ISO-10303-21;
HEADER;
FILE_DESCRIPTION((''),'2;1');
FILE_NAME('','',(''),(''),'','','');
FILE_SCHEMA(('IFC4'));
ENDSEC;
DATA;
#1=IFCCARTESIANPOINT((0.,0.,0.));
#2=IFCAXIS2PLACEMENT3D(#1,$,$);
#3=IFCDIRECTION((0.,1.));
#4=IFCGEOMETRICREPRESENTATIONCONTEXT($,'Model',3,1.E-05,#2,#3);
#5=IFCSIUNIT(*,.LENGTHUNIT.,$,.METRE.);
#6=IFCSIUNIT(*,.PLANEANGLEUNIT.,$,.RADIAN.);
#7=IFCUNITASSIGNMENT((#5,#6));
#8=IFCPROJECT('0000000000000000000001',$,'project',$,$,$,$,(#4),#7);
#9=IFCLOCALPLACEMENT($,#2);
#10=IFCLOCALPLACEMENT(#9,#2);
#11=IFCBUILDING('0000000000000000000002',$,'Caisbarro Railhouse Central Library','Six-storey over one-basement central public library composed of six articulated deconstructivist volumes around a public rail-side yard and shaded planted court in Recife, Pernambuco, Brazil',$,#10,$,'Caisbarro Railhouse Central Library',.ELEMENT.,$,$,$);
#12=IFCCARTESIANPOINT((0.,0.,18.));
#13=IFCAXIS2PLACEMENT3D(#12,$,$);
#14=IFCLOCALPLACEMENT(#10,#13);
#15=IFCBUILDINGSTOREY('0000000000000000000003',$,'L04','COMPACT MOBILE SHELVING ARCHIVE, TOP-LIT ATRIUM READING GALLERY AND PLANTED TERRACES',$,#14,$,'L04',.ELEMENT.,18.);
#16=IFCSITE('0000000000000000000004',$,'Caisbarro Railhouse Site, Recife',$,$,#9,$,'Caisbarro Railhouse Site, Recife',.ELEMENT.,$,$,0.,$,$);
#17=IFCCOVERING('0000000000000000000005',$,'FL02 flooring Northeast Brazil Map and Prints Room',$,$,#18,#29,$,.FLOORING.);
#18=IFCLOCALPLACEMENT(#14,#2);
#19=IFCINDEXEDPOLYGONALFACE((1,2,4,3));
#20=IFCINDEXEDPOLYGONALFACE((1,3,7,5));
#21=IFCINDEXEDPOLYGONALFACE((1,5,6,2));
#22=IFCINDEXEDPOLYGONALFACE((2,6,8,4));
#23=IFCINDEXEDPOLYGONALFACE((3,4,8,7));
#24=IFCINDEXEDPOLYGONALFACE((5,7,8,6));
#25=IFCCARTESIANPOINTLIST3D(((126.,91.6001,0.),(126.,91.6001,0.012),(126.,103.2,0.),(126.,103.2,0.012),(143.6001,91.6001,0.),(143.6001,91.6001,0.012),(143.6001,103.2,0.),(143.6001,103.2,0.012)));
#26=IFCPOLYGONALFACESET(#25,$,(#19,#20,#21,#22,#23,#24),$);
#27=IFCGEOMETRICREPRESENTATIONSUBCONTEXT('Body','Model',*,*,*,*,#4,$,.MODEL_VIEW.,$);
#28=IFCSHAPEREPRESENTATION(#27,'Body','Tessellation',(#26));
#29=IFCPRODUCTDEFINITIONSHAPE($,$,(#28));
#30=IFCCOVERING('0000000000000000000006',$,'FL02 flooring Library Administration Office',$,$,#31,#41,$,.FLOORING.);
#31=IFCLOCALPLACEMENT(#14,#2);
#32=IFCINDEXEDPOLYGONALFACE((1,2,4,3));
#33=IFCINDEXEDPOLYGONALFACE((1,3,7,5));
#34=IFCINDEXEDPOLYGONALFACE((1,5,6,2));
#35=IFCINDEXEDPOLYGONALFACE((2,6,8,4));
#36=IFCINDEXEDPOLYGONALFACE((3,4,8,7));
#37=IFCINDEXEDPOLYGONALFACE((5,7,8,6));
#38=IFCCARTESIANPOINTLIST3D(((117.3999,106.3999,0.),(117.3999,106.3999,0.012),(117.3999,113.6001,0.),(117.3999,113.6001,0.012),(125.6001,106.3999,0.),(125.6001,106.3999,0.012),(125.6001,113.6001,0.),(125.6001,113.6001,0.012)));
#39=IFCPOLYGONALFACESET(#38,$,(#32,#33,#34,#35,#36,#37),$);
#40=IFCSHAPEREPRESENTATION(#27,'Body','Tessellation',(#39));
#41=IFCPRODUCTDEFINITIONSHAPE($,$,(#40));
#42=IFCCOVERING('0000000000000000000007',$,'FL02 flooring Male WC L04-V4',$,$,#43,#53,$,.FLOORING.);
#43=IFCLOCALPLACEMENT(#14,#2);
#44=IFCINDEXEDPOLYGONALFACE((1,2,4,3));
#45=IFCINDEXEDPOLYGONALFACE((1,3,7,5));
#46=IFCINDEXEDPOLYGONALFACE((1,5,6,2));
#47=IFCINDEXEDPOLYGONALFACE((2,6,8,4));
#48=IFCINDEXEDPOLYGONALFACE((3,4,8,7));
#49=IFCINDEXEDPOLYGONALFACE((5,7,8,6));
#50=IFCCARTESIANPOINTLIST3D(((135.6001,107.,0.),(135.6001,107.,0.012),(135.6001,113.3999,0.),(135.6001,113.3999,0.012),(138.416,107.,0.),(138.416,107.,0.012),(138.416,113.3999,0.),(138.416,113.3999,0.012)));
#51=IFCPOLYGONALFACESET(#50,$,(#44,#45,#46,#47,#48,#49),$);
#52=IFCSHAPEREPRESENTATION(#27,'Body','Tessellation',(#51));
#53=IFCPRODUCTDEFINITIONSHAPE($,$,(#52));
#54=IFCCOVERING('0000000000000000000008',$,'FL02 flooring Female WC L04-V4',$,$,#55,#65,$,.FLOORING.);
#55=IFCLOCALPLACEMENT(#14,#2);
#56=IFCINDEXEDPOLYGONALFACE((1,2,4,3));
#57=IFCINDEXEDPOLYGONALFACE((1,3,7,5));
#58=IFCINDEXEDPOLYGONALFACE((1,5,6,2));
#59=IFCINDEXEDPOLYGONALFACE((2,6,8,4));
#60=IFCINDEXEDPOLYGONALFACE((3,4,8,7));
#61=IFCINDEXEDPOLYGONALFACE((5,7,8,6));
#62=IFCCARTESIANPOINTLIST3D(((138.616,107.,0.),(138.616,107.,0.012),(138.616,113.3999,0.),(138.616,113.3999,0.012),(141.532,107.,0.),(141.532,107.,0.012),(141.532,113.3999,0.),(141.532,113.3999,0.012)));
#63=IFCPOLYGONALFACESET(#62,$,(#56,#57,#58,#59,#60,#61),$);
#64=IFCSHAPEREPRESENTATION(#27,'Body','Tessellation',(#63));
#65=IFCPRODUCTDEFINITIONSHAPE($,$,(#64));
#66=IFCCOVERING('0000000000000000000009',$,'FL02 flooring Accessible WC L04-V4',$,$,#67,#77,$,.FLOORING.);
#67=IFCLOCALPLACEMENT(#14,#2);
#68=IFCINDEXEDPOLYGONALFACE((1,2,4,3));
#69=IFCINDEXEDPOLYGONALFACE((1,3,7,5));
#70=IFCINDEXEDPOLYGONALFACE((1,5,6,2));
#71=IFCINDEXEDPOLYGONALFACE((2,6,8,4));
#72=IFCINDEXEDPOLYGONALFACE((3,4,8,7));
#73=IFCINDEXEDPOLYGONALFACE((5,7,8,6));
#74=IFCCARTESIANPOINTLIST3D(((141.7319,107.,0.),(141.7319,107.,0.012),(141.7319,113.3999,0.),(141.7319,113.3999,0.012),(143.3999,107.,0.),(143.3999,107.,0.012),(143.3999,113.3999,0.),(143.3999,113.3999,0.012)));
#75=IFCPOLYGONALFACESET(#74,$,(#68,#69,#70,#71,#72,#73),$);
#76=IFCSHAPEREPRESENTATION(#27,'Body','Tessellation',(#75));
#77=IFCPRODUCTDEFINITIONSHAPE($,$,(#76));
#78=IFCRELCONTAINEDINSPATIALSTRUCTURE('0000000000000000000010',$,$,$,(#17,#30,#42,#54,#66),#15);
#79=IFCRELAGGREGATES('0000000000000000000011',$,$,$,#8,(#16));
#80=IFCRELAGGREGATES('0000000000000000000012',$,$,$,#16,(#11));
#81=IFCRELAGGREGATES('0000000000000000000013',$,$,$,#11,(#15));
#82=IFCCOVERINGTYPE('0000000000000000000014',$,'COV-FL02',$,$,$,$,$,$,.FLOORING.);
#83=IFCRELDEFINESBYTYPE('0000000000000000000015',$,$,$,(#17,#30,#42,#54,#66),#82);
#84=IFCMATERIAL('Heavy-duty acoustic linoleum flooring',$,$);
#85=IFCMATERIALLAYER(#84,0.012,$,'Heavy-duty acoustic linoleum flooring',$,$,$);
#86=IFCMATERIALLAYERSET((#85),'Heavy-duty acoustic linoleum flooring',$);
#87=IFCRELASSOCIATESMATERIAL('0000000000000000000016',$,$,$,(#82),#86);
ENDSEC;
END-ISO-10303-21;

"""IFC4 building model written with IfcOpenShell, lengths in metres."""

from ifc_helpers import new_model, si_unit, direction, frame, origin, place, context, subcontext, project, spatial, polyline, outline, extrude, material, layer, layer_set, type_object, element, save


model = new_model("IFC4")

# Units and contexts
model_context = context("Model", 3, precision=1e-05, world=origin(), true_north=direction((0.0, 1.0)))
body_context = subcontext(model_context, "Body", "Model", "MODEL_VIEW")
ifc_project = project(units=[si_unit("LENGTHUNIT", "METRE"), si_unit("PLANEANGLEUNIT", "RADIAN")], contexts=[model_context])

# Site, building, storey
site_placement = place(None, origin())
site = spatial("IfcSite", under=ifc_project, at=site_placement, Name="Caisbarro Railhouse Site, Recife", LongName="Caisbarro Railhouse Site, Recife", CompositionType="ELEMENT", RefElevation=0.0)
building_placement = place(site_placement, origin())
building = spatial("IfcBuilding", under=site, at=building_placement, Name="Caisbarro Railhouse Central Library", Description="Six-storey over one-basement central public library composed of six articulated deconstructivist volumes around a public rail-side yard and shaded planted court in Recife, Pernambuco, Brazil", LongName="Caisbarro Railhouse Central Library", CompositionType="ELEMENT")
storey_placement = place(building_placement, frame((0.0, 0.0, 18.0)))
storey = spatial("IfcBuildingStorey", under=building, at=storey_placement, Name="L04", Description="COMPACT MOBILE SHELVING ARCHIVE, TOP-LIT ATRIUM READING GALLERY AND PLANTED TERRACES", LongName="L04", CompositionType="ELEMENT", Elevation=18.0)

# Coverings
ifc_material_1 = material(Name="Heavy-duty acoustic linoleum flooring")
ifc_layer_1 = layer(ifc_material_1, 0.012, Name="Heavy-duty acoustic linoleum flooring")
ifc_layer_set_1 = layer_set([ifc_layer_1], Name="Heavy-duty acoustic linoleum flooring")
covering_type_1 = type_object("IfcCoveringType", Name="COV-FL02", PredefinedType="FLOORING", material=ifc_layer_set_1)
covering_1_placement = place(storey_placement, origin())
element("IfcCovering", 1, at=covering_1_placement, inside=storey, type_object=covering_type_1, Name="FL02 flooring Northeast Brazil Map and Prints Room", PredefinedType="FLOORING", context=body_context, shape_type="SweptSolid", body=[
    extrude(outline(polyline([(126.0, 91.6001), (143.6001, 91.6001), (143.6001, 103.2), (126.0, 103.2), (126.0, 91.6001)])), origin(), (0.0, 0.0, 1.0), 0.012),
])
covering_2_placement = place(storey_placement, origin())
element("IfcCovering", 2, at=covering_2_placement, inside=storey, type_object=covering_type_1, Name="FL02 flooring Library Administration Office", PredefinedType="FLOORING", context=body_context, shape_type="SweptSolid", body=[
    extrude(outline(polyline([(117.3999, 106.3999), (125.6001, 106.3999), (125.6001, 113.6001), (117.3999, 113.6001), (117.3999, 106.3999)])), origin(), (0.0, 0.0, 1.0), 0.012),
])
covering_3_placement = place(storey_placement, origin())
element("IfcCovering", 3, at=covering_3_placement, inside=storey, type_object=covering_type_1, Name="FL02 flooring Male WC L04-V4", PredefinedType="FLOORING", context=body_context, shape_type="SweptSolid", body=[
    extrude(outline(polyline([(135.6001, 107.0), (138.416, 107.0), (138.416, 113.3999), (135.6001, 113.3999), (135.6001, 107.0)])), origin(), (0.0, 0.0, 1.0), 0.012),
])
covering_4_placement = place(storey_placement, origin())
element("IfcCovering", 4, at=covering_4_placement, inside=storey, type_object=covering_type_1, Name="FL02 flooring Female WC L04-V4", PredefinedType="FLOORING", context=body_context, shape_type="SweptSolid", body=[
    extrude(outline(polyline([(138.616, 107.0), (141.532, 107.0), (141.532, 113.3999), (138.616, 113.3999), (138.616, 107.0)])), origin(), (0.0, 0.0, 1.0), 0.012),
])
covering_5_placement = place(storey_placement, origin())
element("IfcCovering", 5, at=covering_5_placement, inside=storey, type_object=covering_type_1, Name="FL02 flooring Accessible WC L04-V4", PredefinedType="FLOORING", context=body_context, shape_type="SweptSolid", body=[
    extrude(outline(polyline([(141.7319, 107.0), (143.3999, 107.0), (143.3999, 113.3999), (141.7319, 113.3999), (141.7319, 107.0)])), origin(), (0.0, 0.0, 1.0), 0.012),
])

save(model, "model.ifc")
